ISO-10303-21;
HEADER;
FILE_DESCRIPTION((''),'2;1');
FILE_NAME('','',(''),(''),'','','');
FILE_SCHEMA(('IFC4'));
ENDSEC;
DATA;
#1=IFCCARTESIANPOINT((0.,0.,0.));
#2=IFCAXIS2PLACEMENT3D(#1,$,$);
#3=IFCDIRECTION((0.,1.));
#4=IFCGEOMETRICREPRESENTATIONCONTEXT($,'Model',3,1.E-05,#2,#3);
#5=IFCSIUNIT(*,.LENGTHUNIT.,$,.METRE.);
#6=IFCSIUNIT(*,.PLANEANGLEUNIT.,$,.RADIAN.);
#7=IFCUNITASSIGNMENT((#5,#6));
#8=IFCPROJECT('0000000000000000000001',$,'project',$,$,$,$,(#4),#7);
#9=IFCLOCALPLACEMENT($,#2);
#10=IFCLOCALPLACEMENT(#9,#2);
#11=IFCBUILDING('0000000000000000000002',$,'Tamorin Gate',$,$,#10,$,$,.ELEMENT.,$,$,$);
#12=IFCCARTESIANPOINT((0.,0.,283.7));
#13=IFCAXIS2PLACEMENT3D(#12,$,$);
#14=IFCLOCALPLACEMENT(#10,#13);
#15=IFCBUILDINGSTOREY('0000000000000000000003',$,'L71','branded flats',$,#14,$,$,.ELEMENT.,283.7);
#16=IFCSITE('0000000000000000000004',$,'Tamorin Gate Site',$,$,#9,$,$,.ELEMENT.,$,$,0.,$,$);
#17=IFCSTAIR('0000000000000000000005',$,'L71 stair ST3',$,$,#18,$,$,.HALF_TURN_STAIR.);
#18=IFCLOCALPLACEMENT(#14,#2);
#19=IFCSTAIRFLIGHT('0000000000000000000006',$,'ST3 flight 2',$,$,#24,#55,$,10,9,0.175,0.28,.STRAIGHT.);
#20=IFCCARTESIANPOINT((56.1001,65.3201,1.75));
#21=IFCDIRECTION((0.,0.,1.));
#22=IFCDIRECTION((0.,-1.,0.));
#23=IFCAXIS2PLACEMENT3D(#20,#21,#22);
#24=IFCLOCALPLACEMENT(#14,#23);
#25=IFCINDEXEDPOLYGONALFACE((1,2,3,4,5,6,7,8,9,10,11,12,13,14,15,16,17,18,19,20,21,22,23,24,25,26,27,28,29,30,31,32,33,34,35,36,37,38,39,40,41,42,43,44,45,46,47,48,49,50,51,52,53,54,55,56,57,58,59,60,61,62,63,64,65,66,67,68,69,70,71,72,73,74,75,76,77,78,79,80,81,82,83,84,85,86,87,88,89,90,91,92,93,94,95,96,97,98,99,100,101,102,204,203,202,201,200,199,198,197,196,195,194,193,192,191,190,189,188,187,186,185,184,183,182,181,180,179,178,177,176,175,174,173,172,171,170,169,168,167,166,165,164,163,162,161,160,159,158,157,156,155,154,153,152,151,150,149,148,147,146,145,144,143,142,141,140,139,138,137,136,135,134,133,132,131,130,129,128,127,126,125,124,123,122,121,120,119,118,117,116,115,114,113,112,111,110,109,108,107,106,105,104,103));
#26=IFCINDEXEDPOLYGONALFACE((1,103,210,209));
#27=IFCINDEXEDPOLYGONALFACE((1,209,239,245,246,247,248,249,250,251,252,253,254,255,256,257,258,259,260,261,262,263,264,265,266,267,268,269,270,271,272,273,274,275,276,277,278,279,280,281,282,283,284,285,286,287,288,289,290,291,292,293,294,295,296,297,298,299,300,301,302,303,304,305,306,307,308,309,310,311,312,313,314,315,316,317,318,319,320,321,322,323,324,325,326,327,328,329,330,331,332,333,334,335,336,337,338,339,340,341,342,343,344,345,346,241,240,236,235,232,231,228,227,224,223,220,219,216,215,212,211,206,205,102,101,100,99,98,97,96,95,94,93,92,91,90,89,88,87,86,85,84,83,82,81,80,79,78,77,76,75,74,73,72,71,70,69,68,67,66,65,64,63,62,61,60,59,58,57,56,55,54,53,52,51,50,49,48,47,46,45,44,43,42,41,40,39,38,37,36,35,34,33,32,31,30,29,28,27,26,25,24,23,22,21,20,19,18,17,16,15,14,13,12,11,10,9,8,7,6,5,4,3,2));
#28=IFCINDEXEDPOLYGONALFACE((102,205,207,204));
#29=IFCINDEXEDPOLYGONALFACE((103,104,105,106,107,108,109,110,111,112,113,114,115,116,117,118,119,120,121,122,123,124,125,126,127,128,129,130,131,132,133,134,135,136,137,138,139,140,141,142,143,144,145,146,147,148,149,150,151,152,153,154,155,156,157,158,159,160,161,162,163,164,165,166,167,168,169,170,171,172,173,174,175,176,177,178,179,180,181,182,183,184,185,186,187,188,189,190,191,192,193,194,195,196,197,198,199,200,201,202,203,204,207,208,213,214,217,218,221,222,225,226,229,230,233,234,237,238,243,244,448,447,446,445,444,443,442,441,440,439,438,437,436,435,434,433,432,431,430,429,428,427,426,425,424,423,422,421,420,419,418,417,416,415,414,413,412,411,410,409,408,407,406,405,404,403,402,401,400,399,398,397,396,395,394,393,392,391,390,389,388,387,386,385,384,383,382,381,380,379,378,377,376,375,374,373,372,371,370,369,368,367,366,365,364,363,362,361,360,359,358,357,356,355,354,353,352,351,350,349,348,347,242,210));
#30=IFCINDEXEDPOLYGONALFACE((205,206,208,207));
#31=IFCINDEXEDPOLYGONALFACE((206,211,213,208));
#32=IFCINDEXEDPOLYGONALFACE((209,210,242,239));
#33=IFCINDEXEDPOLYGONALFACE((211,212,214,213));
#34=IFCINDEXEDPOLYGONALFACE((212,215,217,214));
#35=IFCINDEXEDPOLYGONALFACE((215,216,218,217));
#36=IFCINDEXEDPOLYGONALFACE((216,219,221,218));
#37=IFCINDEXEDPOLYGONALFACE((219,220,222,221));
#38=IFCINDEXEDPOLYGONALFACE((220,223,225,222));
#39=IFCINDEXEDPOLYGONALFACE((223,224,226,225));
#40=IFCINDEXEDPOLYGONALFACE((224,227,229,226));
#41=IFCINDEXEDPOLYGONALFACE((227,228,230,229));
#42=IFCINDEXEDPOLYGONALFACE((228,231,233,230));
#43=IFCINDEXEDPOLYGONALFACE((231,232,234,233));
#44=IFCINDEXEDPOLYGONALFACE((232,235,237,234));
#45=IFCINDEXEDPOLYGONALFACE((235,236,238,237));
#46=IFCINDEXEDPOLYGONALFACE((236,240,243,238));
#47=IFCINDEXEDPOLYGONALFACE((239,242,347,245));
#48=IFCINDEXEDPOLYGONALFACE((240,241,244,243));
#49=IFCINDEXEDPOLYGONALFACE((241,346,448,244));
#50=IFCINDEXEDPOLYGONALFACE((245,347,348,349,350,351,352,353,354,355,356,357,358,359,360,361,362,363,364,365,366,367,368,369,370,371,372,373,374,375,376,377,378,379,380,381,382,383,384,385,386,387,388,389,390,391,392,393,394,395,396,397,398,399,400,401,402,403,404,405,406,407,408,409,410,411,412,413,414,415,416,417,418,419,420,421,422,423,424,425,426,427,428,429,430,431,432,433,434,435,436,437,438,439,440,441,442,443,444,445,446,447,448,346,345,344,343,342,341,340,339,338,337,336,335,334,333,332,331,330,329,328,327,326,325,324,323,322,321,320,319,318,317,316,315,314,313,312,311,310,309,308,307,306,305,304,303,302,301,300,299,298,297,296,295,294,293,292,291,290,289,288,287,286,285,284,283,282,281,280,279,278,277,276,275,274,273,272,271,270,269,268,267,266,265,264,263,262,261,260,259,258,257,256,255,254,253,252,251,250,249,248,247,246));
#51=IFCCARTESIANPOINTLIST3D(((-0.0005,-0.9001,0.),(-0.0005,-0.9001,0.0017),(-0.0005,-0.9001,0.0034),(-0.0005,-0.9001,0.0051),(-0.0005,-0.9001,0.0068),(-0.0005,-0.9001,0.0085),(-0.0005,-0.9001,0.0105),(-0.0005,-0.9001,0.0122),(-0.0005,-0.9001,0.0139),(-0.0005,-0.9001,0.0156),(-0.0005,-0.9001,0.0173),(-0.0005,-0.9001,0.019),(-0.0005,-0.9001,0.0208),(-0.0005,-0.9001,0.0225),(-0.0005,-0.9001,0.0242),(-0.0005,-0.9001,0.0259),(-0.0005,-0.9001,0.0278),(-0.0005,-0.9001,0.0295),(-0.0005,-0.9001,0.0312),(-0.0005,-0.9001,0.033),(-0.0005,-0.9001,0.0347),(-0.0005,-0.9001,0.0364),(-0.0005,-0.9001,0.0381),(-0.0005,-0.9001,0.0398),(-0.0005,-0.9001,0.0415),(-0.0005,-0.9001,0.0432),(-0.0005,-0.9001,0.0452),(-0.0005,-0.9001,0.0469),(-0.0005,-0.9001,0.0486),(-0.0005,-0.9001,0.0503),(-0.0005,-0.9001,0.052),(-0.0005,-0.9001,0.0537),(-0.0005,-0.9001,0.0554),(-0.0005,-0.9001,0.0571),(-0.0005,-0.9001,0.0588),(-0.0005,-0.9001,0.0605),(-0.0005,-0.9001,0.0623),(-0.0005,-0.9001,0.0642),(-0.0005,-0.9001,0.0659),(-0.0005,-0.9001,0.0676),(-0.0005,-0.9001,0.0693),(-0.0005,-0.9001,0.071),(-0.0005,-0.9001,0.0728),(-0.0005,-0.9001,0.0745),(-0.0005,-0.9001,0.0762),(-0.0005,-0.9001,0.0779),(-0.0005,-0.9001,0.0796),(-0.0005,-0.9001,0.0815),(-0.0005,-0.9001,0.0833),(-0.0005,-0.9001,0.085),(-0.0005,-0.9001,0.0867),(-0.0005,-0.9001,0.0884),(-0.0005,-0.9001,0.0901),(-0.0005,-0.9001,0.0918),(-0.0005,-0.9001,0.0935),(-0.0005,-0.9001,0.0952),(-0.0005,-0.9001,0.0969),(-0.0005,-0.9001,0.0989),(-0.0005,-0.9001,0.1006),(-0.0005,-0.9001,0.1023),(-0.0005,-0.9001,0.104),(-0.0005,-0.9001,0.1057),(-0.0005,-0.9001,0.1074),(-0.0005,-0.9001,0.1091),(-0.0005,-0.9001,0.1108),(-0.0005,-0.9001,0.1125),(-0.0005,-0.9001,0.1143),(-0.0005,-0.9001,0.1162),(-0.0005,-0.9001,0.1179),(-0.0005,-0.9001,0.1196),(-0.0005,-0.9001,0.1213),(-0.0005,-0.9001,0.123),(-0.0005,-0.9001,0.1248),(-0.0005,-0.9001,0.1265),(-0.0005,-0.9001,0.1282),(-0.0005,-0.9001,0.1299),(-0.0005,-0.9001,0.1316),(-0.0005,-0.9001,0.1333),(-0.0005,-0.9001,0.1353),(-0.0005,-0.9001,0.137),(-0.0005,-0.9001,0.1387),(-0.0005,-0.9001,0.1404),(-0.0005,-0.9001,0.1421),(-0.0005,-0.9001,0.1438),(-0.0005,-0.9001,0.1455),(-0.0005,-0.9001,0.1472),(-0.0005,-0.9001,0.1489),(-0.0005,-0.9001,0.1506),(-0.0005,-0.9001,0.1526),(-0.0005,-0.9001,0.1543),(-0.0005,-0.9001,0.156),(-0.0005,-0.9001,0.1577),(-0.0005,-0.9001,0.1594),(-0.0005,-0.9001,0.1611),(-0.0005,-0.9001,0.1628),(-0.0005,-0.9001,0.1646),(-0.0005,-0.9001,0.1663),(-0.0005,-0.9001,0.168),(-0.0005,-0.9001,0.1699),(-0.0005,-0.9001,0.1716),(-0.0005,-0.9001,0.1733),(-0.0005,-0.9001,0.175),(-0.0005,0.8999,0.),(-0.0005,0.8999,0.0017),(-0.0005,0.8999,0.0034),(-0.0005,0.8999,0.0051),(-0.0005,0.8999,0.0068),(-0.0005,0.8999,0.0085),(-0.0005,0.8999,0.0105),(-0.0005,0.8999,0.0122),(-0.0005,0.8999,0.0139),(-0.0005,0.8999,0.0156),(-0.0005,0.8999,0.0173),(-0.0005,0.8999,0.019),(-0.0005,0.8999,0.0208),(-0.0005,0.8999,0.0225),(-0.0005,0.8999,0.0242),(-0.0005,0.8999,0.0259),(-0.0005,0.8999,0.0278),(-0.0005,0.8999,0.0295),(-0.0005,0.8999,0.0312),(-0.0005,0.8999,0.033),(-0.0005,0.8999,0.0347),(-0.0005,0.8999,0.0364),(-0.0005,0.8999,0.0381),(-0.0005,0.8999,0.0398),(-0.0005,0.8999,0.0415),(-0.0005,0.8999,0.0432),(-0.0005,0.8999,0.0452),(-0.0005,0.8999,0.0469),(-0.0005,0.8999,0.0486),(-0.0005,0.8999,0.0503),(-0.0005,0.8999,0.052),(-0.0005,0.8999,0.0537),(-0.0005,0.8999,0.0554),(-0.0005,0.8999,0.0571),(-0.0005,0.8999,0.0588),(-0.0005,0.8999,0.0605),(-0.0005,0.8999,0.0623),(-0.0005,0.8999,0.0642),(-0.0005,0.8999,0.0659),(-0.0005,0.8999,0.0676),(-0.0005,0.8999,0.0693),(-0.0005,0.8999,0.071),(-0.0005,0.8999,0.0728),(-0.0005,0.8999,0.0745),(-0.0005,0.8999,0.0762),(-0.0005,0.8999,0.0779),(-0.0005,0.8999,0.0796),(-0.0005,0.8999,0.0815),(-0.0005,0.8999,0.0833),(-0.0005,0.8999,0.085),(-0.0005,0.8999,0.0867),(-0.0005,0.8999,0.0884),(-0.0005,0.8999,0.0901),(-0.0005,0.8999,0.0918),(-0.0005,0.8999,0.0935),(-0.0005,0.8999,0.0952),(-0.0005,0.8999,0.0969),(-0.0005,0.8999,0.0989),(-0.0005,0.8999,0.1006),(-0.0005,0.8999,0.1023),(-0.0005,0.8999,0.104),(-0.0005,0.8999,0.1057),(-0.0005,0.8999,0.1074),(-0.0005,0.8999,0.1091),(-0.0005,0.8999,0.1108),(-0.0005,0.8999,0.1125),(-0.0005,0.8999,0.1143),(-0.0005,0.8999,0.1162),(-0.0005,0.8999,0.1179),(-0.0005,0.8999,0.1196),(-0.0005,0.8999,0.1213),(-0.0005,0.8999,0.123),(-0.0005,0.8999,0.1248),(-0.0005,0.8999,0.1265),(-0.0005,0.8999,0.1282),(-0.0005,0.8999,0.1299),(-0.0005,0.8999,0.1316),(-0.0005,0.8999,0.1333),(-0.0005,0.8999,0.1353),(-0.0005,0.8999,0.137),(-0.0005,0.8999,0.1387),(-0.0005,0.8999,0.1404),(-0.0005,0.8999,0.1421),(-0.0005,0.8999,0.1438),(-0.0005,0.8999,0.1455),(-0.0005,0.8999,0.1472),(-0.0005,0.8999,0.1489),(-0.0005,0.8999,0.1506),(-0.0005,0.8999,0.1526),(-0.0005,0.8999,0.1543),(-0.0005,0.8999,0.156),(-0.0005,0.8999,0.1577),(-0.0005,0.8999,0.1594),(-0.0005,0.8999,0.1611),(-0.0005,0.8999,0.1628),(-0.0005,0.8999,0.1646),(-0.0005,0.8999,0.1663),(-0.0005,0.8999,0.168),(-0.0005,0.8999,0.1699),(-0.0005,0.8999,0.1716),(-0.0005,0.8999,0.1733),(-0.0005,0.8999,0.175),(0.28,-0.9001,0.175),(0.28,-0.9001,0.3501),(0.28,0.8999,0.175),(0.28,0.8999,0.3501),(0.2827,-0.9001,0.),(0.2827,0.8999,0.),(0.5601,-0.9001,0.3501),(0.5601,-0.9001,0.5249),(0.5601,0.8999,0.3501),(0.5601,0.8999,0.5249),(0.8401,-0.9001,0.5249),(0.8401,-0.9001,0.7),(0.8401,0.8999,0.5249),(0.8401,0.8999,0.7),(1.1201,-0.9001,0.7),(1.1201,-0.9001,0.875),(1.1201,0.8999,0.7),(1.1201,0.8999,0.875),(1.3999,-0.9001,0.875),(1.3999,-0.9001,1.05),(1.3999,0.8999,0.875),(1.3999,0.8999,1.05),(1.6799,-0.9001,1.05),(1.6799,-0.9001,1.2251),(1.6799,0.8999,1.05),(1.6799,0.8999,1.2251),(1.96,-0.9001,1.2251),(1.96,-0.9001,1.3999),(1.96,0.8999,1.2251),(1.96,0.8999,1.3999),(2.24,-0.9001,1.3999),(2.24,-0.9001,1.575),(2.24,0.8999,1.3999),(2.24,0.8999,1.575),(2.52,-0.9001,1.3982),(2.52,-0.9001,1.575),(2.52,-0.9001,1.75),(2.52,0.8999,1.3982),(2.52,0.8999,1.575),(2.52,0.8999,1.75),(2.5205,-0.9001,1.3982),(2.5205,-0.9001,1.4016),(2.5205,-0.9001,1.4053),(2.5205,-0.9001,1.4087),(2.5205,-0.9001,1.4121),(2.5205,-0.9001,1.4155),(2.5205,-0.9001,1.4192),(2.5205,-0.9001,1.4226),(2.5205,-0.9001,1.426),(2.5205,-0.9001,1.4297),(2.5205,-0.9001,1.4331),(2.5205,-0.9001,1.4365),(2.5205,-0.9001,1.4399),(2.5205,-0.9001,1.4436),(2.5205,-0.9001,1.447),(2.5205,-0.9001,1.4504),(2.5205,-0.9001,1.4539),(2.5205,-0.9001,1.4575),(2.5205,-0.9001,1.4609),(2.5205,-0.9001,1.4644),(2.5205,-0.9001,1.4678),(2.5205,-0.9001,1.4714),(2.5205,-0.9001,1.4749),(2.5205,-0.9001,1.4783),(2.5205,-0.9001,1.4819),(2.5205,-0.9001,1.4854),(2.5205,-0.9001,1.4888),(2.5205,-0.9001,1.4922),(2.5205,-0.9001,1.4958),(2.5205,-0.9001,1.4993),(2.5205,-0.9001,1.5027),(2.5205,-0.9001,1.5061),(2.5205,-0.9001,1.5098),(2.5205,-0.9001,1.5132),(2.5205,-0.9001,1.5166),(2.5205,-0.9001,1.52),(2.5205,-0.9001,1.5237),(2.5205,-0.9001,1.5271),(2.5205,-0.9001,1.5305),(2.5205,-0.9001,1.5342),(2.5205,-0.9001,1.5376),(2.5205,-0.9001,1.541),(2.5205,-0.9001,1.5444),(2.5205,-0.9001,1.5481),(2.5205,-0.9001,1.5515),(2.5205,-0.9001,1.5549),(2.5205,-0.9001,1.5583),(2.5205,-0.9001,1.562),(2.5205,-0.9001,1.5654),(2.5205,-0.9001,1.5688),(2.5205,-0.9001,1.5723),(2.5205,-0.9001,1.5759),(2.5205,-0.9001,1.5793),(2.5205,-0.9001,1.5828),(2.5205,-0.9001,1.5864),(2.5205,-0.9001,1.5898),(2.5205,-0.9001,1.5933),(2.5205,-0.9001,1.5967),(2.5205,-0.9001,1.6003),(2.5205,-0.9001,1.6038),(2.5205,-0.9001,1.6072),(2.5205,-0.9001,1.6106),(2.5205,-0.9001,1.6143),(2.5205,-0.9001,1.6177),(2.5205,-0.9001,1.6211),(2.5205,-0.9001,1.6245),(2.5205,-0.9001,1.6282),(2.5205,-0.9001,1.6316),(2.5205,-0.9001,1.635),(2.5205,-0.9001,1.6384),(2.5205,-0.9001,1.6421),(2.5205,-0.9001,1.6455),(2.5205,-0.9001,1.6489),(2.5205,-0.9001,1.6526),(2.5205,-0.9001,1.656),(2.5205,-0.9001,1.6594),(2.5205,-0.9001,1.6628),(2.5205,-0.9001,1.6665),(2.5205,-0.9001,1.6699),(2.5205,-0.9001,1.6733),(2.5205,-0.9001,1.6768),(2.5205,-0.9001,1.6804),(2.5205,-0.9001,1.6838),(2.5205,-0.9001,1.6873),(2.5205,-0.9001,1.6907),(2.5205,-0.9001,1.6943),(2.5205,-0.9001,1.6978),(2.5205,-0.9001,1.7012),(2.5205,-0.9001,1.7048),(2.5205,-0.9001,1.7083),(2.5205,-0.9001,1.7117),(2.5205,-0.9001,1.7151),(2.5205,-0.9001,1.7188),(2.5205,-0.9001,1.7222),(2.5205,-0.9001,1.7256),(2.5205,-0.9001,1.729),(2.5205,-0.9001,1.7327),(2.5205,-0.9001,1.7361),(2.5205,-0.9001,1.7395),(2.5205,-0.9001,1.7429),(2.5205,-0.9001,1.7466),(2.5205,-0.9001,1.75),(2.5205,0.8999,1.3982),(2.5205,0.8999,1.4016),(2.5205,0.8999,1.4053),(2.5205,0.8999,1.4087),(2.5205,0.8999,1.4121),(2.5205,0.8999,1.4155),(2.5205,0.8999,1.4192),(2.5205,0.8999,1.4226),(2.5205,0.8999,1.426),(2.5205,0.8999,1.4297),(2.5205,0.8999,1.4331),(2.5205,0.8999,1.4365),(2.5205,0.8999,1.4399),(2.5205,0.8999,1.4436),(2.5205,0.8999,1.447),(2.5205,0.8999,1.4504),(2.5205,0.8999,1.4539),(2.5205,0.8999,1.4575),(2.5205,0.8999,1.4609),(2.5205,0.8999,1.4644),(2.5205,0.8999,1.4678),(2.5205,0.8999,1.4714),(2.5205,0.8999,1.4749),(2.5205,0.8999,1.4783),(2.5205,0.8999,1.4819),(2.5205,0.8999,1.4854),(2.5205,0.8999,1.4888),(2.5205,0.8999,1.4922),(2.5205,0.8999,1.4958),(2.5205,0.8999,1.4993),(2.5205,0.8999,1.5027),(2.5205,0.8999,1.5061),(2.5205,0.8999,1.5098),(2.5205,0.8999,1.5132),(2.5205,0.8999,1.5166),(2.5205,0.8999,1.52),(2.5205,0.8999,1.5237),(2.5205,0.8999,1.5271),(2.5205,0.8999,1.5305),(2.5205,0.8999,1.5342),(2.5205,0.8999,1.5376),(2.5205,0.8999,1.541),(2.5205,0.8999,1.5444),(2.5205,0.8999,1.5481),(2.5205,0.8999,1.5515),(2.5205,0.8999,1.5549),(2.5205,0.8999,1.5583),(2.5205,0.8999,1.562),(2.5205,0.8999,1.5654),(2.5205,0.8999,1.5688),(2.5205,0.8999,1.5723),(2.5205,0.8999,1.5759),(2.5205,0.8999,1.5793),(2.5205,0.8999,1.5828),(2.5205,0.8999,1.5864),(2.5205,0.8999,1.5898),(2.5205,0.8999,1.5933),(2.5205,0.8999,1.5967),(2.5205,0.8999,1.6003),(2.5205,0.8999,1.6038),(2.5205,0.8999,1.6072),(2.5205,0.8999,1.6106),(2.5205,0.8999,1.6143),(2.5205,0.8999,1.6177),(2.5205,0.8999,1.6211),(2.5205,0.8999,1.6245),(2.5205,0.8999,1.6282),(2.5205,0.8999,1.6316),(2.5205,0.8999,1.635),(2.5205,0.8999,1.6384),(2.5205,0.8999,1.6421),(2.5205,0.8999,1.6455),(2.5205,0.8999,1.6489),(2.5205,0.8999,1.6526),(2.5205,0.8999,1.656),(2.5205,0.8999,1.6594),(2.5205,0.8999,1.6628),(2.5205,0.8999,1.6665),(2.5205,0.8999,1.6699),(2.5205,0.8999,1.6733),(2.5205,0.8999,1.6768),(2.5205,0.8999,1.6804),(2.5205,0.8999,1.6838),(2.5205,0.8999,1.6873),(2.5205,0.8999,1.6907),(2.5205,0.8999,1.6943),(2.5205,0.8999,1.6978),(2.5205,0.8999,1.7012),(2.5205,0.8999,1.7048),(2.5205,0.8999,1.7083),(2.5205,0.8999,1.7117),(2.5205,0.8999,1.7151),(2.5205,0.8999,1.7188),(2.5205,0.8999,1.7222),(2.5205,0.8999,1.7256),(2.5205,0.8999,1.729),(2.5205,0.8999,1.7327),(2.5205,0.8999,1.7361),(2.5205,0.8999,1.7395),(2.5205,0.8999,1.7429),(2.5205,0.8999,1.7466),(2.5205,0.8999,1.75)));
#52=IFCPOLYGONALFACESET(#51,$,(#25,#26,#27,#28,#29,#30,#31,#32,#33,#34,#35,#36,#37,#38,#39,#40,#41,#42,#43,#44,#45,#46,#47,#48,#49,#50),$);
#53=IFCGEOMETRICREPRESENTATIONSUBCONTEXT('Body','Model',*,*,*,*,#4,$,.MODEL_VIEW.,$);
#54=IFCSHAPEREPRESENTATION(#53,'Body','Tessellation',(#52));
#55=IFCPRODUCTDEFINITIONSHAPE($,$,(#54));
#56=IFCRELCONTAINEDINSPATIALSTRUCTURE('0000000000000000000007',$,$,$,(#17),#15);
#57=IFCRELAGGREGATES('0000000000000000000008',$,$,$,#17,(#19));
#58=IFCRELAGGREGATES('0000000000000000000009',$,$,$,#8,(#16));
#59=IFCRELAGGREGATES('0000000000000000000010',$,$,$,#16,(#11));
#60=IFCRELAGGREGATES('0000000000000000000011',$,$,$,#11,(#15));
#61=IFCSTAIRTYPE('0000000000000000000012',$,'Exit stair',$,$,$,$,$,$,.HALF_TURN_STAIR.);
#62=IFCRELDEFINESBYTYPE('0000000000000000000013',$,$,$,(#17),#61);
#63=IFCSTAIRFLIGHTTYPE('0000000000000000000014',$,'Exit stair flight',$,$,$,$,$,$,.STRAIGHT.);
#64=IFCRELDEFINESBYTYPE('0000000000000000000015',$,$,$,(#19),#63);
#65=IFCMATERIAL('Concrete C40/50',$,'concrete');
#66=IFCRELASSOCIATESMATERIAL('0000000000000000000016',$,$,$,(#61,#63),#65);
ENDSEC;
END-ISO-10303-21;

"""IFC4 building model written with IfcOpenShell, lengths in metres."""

from ifc_helpers import new_model, si_unit, direction, frame, origin, place, context, subcontext, project, spatial, polyline, outline, extrude, material, type_object, element, aggregate, save


model = new_model("IFC4")

# Units and contexts
model_context = context("Model", 3, precision=1e-05, world=origin(), true_north=direction((0.0, 1.0)))
body_context = subcontext(model_context, "Body", "Model", "MODEL_VIEW")
ifc_project = project(units=[si_unit("LENGTHUNIT", "METRE"), si_unit("PLANEANGLEUNIT", "RADIAN")], contexts=[model_context])

# Site, building, storey
site_placement = place(None, origin())
site = spatial("IfcSite", under=ifc_project, at=site_placement, Name="Tamorin Gate Site", CompositionType="ELEMENT", RefElevation=0.0)
building_placement = place(site_placement, origin())
building = spatial("IfcBuilding", under=site, at=building_placement, Name="Tamorin Gate", CompositionType="ELEMENT")
storey_placement = place(building_placement, frame((0.0, 0.0, 283.7)))
storey = spatial("IfcBuildingStorey", under=building, at=storey_placement, Name="L71", Description="branded flats", CompositionType="ELEMENT", Elevation=283.7)

# Shared definitions
ifc_material_1 = material(Name="Concrete C40/50", Category="concrete")

# Stair, stair flight
stair_type = type_object("IfcStairType", Name="Exit stair", PredefinedType="HALF_TURN_STAIR", material=ifc_material_1)
stair_placement = place(storey_placement, origin())
stair = element("IfcStair", 1, at=stair_placement, inside=storey, type_object=stair_type, Name="L71 stair ST3", PredefinedType="HALF_TURN_STAIR")
stair_flight_type = type_object("IfcStairFlightType", Name="Exit stair flight", PredefinedType="STRAIGHT", material=ifc_material_1)
stair_flight_1_placement = place(storey_placement, frame((56.1001, 65.3201, 1.75), z_axis=(0.0, 0.0, 1.0), x_axis=(0.0, -1.0, 0.0)))
stair_flight_1 = element("IfcStairFlight", 2, at=stair_flight_1_placement, type_object=stair_flight_type, Name="ST3 flight 2", NumberOfRisers=10, NumberOfTreads=9, PredefinedType="STRAIGHT", RiserHeight=0.175, TreadLength=0.28, context=body_context, shape_type="SweptSolid", body=[
    extrude(outline(polyline([(-0.0005, 0.0), (-0.0005, 0.0017), (-0.0005, 0.0034), (-0.0005, 0.0051), (-0.0005, 0.0068), (-0.0005, 0.0085), (-0.0005, 0.0105), (-0.0005, 0.0122), (-0.0005, 0.0139), (-0.0005, 0.0156), (-0.0005, 0.0173), (-0.0005, 0.019), (-0.0005, 0.0208), (-0.0005, 0.0225), (-0.0005, 0.0242), (-0.0005, 0.0259), (-0.0005, 0.0278), (-0.0005, 0.0295), (-0.0005, 0.0312), (-0.0005, 0.033), (-0.0005, 0.0347), (-0.0005, 0.0364), (-0.0005, 0.0381), (-0.0005, 0.0398), (-0.0005, 0.0415), (-0.0005, 0.0432), (-0.0005, 0.0452), (-0.0005, 0.0469), (-0.0005, 0.0486), (-0.0005, 0.0503), (-0.0005, 0.052), (-0.0005, 0.0537), (-0.0005, 0.0554), (-0.0005, 0.0571), (-0.0005, 0.0588), (-0.0005, 0.0605), (-0.0005, 0.0623), (-0.0005, 0.0642), (-0.0005, 0.0659), (-0.0005, 0.0676), (-0.0005, 0.0693), (-0.0005, 0.071), (-0.0005, 0.0728), (-0.0005, 0.0745), (-0.0005, 0.0762), (-0.0005, 0.0779), (-0.0005, 0.0796), (-0.0005, 0.0815), (-0.0005, 0.0833), (-0.0005, 0.085), (-0.0005, 0.0867), (-0.0005, 0.0884), (-0.0005, 0.0901), (-0.0005, 0.0918), (-0.0005, 0.0935), (-0.0005, 0.0952), (-0.0005, 0.0969), (-0.0005, 0.0989), (-0.0005, 0.1006), (-0.0005, 0.1023), (-0.0005, 0.104), (-0.0005, 0.1057), (-0.0005, 0.1074), (-0.0005, 0.1091), (-0.0005, 0.1108), (-0.0005, 0.1125), (-0.0005, 0.1143), (-0.0005, 0.1162), (-0.0005, 0.1179), (-0.0005, 0.1196), (-0.0005, 0.1213), (-0.0005, 0.123), (-0.0005, 0.1248), (-0.0005, 0.1265), (-0.0005, 0.1282), (-0.0005, 0.1299), (-0.0005, 0.1316), (-0.0005, 0.1333), (-0.0005, 0.1353), (-0.0005, 0.137), (-0.0005, 0.1387), (-0.0005, 0.1404), (-0.0005, 0.1421), (-0.0005, 0.1438), (-0.0005, 0.1455), (-0.0005, 0.1472), (-0.0005, 0.1489), (-0.0005, 0.1506), (-0.0005, 0.1526), (-0.0005, 0.1543), (-0.0005, 0.156), (-0.0005, 0.1577), (-0.0005, 0.1594), (-0.0005, 0.1611), (-0.0005, 0.1628), (-0.0005, 0.1646), (-0.0005, 0.1663), (-0.0005, 0.168), (-0.0005, 0.1699), (-0.0005, 0.1716), (-0.0005, 0.1733), (-0.0005, 0.175), (0.28, 0.175), (0.28, 0.3501), (0.5601, 0.3501), (0.5601, 0.5249), (0.8401, 0.5249), (0.8401, 0.7), (1.1201, 0.7), (1.1201, 0.875), (1.3999, 0.875), (1.3999, 1.05), (1.6799, 1.05), (1.6799, 1.2251), (1.96, 1.2251), (1.96, 1.3999), (2.24, 1.3999), (2.24, 1.575), (2.52, 1.575), (2.52, 1.75), (2.5205, 1.75), (2.5205, 1.7466), (2.5205, 1.7429), (2.5205, 1.7395), (2.5205, 1.7361), (2.5205, 1.7327), (2.5205, 1.729), (2.5205, 1.7256), (2.5205, 1.7222), (2.5205, 1.7188), (2.5205, 1.7151), (2.5205, 1.7117), (2.5205, 1.7083), (2.5205, 1.7048), (2.5205, 1.7012), (2.5205, 1.6978), (2.5205, 1.6943), (2.5205, 1.6907), (2.5205, 1.6873), (2.5205, 1.6838), (2.5205, 1.6804), (2.5205, 1.6768), (2.5205, 1.6733), (2.5205, 1.6699), (2.5205, 1.6665), (2.5205, 1.6628), (2.5205, 1.6594), (2.5205, 1.656), (2.5205, 1.6526), (2.5205, 1.6489), (2.5205, 1.6455), (2.5205, 1.6421), (2.5205, 1.6384), (2.5205, 1.635), (2.5205, 1.6316), (2.5205, 1.6282), (2.5205, 1.6245), (2.5205, 1.6211), (2.5205, 1.6177), (2.5205, 1.6143), (2.5205, 1.6106), (2.5205, 1.6072), (2.5205, 1.6038), (2.5205, 1.6003), (2.5205, 1.5967), (2.5205, 1.5933), (2.5205, 1.5898), (2.5205, 1.5864), (2.5205, 1.5828), (2.5205, 1.5793), (2.5205, 1.5759), (2.5205, 1.5723), (2.5205, 1.5688), (2.5205, 1.5654), (2.5205, 1.562), (2.5205, 1.5583), (2.5205, 1.5549), (2.5205, 1.5515), (2.5205, 1.5481), (2.5205, 1.5444), (2.5205, 1.541), (2.5205, 1.5376), (2.5205, 1.5342), (2.5205, 1.5305), (2.5205, 1.5271), (2.5205, 1.5237), (2.5205, 1.52), (2.5205, 1.5166), (2.5205, 1.5132), (2.5205, 1.5098), (2.5205, 1.5061), (2.5205, 1.5027), (2.5205, 1.4993), (2.5205, 1.4958), (2.5205, 1.4922), (2.5205, 1.4888), (2.5205, 1.4854), (2.5205, 1.4819), (2.5205, 1.4783), (2.5205, 1.4749), (2.5205, 1.4714), (2.5205, 1.4678), (2.5205, 1.4644), (2.5205, 1.4609), (2.5205, 1.4575), (2.5205, 1.4539), (2.5205, 1.4504), (2.5205, 1.447), (2.5205, 1.4436), (2.5205, 1.4399), (2.5205, 1.4365), (2.5205, 1.4331), (2.5205, 1.4297), (2.5205, 1.426), (2.5205, 1.4226), (2.5205, 1.4192), (2.5205, 1.4155), (2.5205, 1.4121), (2.5205, 1.4087), (2.5205, 1.4053), (2.5205, 1.4016), (2.5205, 1.3982), (2.52, 1.3982), (0.2827, 0.0), (-0.0005, 0.0)])), frame((0.0, 0.8999, 0.0), z_axis=(0.0, -1.0, 0.0), x_axis=(1.0, 0.0, 0.0)), (0.0, 0.0, 1.0), 1.8),
])
aggregate(stair, [stair_flight_1])

save(model, "model.ifc")
